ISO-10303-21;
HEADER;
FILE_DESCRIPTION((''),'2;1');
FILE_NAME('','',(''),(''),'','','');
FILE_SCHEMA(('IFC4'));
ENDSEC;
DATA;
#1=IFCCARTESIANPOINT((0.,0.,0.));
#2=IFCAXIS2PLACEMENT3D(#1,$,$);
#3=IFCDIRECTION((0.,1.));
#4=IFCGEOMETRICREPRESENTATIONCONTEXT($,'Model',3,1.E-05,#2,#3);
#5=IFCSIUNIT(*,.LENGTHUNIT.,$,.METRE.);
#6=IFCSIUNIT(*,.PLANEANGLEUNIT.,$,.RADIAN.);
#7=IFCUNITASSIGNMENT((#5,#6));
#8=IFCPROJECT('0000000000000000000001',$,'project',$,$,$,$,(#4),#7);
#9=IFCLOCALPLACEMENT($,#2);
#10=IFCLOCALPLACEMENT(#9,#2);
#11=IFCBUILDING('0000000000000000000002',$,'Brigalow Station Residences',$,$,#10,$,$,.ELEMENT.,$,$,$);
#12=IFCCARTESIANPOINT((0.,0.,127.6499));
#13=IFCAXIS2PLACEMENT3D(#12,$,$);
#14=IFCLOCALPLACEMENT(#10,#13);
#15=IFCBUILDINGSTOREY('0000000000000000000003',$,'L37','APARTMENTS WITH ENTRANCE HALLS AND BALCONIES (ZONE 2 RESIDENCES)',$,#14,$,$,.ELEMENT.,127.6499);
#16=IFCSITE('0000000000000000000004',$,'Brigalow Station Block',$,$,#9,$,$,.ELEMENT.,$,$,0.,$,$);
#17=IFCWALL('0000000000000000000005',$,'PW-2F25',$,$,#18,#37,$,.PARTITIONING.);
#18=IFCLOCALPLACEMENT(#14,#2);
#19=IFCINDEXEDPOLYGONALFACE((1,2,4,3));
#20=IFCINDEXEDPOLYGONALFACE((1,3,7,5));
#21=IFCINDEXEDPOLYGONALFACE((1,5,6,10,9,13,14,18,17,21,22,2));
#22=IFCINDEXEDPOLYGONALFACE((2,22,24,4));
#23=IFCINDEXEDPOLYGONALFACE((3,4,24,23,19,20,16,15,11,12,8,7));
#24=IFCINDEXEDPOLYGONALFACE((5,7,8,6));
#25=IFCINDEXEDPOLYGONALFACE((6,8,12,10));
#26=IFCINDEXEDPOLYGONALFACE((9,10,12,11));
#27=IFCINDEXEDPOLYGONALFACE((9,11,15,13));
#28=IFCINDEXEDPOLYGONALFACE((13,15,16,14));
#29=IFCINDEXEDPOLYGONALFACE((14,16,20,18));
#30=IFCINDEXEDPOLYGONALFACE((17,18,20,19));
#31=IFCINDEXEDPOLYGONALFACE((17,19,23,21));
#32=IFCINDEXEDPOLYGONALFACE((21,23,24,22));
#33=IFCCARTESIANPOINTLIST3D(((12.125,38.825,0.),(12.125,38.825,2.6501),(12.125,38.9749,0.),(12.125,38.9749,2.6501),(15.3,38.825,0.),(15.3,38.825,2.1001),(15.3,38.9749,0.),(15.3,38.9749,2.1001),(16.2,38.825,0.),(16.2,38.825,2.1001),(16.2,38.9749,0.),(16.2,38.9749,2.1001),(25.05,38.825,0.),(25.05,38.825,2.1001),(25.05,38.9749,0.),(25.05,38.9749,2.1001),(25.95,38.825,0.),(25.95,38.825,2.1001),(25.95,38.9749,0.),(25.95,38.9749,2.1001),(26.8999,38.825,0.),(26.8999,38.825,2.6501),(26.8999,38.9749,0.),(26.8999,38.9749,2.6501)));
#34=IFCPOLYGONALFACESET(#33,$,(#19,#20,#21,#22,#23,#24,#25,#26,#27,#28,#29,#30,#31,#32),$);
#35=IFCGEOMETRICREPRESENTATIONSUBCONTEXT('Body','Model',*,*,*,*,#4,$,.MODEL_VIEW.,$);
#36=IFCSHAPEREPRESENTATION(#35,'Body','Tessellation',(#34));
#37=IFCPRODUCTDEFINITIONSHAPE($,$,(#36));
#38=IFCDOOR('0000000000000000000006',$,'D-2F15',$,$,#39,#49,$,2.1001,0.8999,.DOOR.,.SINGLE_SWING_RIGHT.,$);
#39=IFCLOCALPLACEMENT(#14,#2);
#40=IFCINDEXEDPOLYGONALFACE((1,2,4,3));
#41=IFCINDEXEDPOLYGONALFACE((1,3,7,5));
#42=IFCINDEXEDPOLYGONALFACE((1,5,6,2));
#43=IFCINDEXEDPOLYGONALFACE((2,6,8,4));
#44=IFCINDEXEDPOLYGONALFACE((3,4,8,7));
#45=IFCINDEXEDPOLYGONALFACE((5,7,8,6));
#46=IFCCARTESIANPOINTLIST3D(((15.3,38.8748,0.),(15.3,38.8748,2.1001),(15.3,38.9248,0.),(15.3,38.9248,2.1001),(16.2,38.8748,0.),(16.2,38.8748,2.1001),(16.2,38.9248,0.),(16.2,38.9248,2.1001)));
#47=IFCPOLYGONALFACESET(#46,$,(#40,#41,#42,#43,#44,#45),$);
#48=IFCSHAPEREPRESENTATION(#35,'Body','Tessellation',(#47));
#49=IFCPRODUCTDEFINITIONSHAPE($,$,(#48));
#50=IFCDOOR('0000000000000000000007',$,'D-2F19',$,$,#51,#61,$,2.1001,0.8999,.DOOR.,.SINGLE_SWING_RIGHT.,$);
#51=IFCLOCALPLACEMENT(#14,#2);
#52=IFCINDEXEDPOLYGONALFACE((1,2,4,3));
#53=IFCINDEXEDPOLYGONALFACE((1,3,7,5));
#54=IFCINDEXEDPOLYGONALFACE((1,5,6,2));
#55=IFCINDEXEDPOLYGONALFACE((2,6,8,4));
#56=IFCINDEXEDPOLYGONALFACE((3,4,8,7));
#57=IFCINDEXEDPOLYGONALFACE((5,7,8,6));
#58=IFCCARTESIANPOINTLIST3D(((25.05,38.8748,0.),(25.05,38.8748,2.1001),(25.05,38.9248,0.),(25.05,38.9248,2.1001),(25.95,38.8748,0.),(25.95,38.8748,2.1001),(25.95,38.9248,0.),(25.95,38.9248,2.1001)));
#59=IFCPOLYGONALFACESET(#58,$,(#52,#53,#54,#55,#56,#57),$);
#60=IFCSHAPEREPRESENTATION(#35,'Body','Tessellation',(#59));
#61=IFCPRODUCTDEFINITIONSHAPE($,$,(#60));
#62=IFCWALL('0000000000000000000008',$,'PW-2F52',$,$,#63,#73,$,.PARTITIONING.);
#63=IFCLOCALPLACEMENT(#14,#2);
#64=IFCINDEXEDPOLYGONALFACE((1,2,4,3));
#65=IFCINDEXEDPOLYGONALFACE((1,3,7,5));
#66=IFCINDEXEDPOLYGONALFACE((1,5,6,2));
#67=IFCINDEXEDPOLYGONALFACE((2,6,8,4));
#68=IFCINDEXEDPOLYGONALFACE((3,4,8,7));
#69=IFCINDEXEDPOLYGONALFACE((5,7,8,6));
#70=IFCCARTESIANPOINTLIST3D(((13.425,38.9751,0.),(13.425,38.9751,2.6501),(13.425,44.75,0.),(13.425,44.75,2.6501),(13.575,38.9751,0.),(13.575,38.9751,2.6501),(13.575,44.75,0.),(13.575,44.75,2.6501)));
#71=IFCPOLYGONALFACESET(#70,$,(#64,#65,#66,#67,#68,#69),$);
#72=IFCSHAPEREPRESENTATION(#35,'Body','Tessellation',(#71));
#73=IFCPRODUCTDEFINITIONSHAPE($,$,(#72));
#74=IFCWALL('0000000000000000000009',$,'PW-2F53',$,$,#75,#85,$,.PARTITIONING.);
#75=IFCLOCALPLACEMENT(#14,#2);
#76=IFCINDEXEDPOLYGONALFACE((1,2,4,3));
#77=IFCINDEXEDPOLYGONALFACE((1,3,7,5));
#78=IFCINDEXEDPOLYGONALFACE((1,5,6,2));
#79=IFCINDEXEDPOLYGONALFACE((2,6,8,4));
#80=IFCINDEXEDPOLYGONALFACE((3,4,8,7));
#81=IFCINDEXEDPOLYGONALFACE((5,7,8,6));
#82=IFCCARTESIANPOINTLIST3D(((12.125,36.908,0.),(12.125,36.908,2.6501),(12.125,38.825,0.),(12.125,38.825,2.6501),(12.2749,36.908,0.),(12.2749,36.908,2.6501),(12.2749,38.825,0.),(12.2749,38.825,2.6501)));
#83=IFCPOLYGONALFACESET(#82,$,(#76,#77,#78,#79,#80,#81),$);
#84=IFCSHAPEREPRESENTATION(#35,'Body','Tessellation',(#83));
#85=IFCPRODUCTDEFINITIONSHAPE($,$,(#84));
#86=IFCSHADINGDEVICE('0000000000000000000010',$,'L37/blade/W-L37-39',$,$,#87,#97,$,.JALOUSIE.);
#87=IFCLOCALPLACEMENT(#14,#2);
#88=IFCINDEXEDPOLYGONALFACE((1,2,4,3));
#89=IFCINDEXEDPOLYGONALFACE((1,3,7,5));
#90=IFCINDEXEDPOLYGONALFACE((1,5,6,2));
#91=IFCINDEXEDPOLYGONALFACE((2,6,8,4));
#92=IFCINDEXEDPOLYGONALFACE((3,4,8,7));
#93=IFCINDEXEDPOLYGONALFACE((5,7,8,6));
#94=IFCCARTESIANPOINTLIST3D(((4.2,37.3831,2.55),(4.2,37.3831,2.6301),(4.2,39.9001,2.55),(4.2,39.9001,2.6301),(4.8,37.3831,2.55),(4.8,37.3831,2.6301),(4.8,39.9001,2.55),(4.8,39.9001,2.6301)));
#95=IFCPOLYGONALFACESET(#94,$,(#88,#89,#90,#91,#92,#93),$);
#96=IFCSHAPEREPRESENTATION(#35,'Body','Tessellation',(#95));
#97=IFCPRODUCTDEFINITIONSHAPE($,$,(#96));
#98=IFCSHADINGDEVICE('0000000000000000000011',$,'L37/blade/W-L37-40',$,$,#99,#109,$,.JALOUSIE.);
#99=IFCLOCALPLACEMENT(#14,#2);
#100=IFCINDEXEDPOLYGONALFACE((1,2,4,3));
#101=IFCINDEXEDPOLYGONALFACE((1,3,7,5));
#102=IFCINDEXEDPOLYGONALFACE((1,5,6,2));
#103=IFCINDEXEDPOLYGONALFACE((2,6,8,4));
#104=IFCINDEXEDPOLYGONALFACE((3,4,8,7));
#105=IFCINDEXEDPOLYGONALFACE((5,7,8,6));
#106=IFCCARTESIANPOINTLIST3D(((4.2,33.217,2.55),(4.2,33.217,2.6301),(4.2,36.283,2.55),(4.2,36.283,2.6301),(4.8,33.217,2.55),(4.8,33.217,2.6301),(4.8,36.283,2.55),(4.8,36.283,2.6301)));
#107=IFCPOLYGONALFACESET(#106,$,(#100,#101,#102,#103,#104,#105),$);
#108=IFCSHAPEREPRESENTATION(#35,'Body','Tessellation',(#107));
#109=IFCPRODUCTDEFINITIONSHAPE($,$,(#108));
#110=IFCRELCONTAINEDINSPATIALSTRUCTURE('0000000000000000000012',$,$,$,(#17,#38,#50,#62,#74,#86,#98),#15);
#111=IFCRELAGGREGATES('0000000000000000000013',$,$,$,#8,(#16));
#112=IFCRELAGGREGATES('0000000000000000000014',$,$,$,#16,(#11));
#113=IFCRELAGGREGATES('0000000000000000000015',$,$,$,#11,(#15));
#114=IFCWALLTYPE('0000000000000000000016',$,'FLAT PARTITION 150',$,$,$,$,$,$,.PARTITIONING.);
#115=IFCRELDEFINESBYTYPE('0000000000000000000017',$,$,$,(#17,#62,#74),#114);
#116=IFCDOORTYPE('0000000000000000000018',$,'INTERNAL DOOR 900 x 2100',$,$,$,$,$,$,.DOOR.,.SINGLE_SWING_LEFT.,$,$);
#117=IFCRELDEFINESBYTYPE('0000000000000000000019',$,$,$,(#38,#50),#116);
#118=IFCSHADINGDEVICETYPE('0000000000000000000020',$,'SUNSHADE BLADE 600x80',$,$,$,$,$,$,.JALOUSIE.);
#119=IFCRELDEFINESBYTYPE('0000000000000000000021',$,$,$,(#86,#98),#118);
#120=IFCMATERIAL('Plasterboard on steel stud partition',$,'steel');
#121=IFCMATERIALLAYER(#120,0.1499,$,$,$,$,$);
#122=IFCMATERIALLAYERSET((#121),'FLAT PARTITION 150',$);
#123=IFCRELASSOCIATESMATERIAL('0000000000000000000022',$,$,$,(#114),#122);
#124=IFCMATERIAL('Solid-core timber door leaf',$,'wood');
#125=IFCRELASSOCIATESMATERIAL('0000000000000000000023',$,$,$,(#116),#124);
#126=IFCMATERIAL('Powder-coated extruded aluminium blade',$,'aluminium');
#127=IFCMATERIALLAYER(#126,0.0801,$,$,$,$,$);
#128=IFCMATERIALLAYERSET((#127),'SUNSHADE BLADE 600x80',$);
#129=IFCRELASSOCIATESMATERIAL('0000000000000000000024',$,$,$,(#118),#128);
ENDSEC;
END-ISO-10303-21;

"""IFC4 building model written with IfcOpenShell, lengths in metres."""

from ifc_helpers import new_model, si_unit, direction, frame, frame_2d, origin, origin_2d, place, context, subcontext, project, spatial, rectangle, extrude, material, layer, layer_set, type_object, element, fill, save


model = new_model("IFC4")

# Units and contexts
model_context = context("Model", 3, precision=1e-05, world=origin(), true_north=direction((0.0, 1.0)))
body_context = subcontext(model_context, "Body", "Model", "MODEL_VIEW")
ifc_project = project(units=[si_unit("LENGTHUNIT", "METRE"), si_unit("PLANEANGLEUNIT", "RADIAN")], contexts=[model_context])

# Site, building, storey
site_placement = place(None, origin())
site = spatial("IfcSite", under=ifc_project, at=site_placement, Name="Brigalow Station Block", CompositionType="ELEMENT", RefElevation=0.0)
building_placement = place(site_placement, origin())
building = spatial("IfcBuilding", under=site, at=building_placement, Name="Brigalow Station Residences", CompositionType="ELEMENT")
storey_placement = place(building_placement, frame((0.0, 0.0, 127.6499)))
storey = spatial("IfcBuildingStorey", under=building, at=storey_placement, Name="L37", Description="APARTMENTS WITH ENTRANCE HALLS AND BALCONIES (ZONE 2 RESIDENCES)", CompositionType="ELEMENT", Elevation=127.6499)

# Shared definitions
ifc_material_1 = material(Name="Plasterboard on steel stud partition", Category="steel")
ifc_layer_1 = layer(ifc_material_1, 0.1499)
ifc_layer_set_1 = layer_set([ifc_layer_1], Name="FLAT PARTITION 150")
wall_type_1 = type_object("IfcWallType", Name="FLAT PARTITION 150", PredefinedType="PARTITIONING", material=ifc_layer_set_1)
ifc_material_2 = material(Name="Solid-core timber door leaf", Category="wood")
door_type = type_object("IfcDoorType", Name="INTERNAL DOOR 900 x 2100", OperationType="SINGLE_SWING_LEFT", PredefinedType="DOOR", material=ifc_material_2)

# Wall, openings, doors
wall_1_placement = place(storey_placement, frame((12.125, 38.8999, 0.0), z_axis=(0.0, 0.0, 1.0), x_axis=(1.0, 0.0, 0.0)))
wall_1 = element("IfcWall", 1, at=wall_1_placement, inside=storey, type_object=wall_type_1, Name="PW-2F25", PredefinedType="PARTITIONING", context=body_context, shape_type="SweptSolid", body=[
    extrude(rectangle(XDim=14.7749, YDim=0.1499, at=frame_2d((7.3875, 0.0))), origin(), (0.0, 0.0, 1.0), 2.6501),
])
opening_1_placement = place(wall_1_placement, frame((3.175, 0.0, 0.0)))
opening_1 = element("IfcOpeningElement", 2, at=opening_1_placement, cuts=wall_1, PredefinedType="OPENING", context=body_context, shape_type="SweptSolid", body=[
    extrude(rectangle(XDim=0.8999, YDim=2.1001, at=frame_2d((0.45, 1.05))), frame((0.0, 0.085, 0.0), z_axis=(0.0, -1.0, 0.0), x_axis=(1.0, 0.0, 0.0)), (0.0, 0.0, 1.0), 0.1699),
])
opening_2_placement = place(wall_1_placement, frame((12.925, 0.0, 0.0)))
opening_2 = element("IfcOpeningElement", 3, at=opening_2_placement, cuts=wall_1, PredefinedType="OPENING", context=body_context, shape_type="SweptSolid", body=[
    extrude(rectangle(XDim=0.8999, YDim=2.1001, at=frame_2d((0.45, 1.05))), frame((0.0, 0.085, 0.0), z_axis=(0.0, -1.0, 0.0), x_axis=(1.0, 0.0, 0.0)), (0.0, 0.0, 1.0), 0.1699),
])
door_1_placement = place(opening_1_placement, origin())
door_1 = element("IfcDoor", 4, at=door_1_placement, inside=storey, type_object=door_type, Name="D-2F15", OperationType="SINGLE_SWING_RIGHT", OverallHeight=2.1001, OverallWidth=0.8999, PredefinedType="DOOR", context=body_context, shape_type="SweptSolid", body=[
    extrude(rectangle(XDim=0.8999, YDim=2.1001, at=frame_2d((0.45, 1.05))), frame((0.0, 0.0249, 0.0), z_axis=(0.0, -1.0, 0.0), x_axis=(1.0, 0.0, 0.0)), (0.0, 0.0, 1.0), 0.05),
])
fill(opening_1, door_1)
door_2_placement = place(opening_2_placement, origin())
door_2 = element("IfcDoor", 5, at=door_2_placement, inside=storey, type_object=door_type, Name="D-2F19", OperationType="SINGLE_SWING_RIGHT", OverallHeight=2.1001, OverallWidth=0.8999, PredefinedType="DOOR", context=body_context, shape_type="SweptSolid", body=[
    extrude(rectangle(XDim=0.8999, YDim=2.1001, at=frame_2d((0.45, 1.05))), frame((0.0, 0.0249, 0.0), z_axis=(0.0, -1.0, 0.0), x_axis=(1.0, 0.0, 0.0)), (0.0, 0.0, 1.0), 0.05),
])
fill(opening_2, door_2)

# Walls
wall_2_placement = place(storey_placement, frame((13.5, 38.9751, 0.0), z_axis=(0.0, 0.0, 1.0), x_axis=(0.0, 1.0, 0.0)))
element("IfcWall", 6, at=wall_2_placement, inside=storey, type_object=wall_type_1, Name="PW-2F52", PredefinedType="PARTITIONING", context=body_context, shape_type="SweptSolid", body=[
    extrude(rectangle(XDim=5.7749, YDim=0.1499, at=frame_2d((2.8875, 0.0))), origin(), (0.0, 0.0, 1.0), 2.6501),
])
wall_3_placement = place(storey_placement, frame((12.2, 36.908, 0.0), z_axis=(0.0, 0.0, 1.0), x_axis=(0.0, 1.0, 0.0)))
element("IfcWall", 7, at=wall_3_placement, inside=storey, type_object=wall_type_1, Name="PW-2F53", PredefinedType="PARTITIONING", context=body_context, shape_type="SweptSolid", body=[
    extrude(rectangle(XDim=1.917, YDim=0.1499, at=frame_2d((0.9585, 0.0))), origin(), (0.0, 0.0, 1.0), 2.6501),
])

# Shading devices
ifc_material_3 = material(Name="Powder-coated extruded aluminium blade", Category="aluminium")
ifc_layer_2 = layer(ifc_material_3, 0.0801)
ifc_layer_set_2 = layer_set([ifc_layer_2], Name="SUNSHADE BLADE 600x80")
shading_device_type = type_object("IfcShadingDeviceType", Name="SUNSHADE BLADE 600x80", PredefinedType="JALOUSIE", material=ifc_layer_set_2)
shading_device_1_placement = place(storey_placement, frame((4.5, 38.6416, 2.55), z_axis=(0.0, 0.0, 1.0), x_axis=(0.0, -1.0, 0.0)))
element("IfcShadingDevice", 8, at=shading_device_1_placement, inside=storey, type_object=shading_device_type, Name="L37/blade/W-L37-39", PredefinedType="JALOUSIE", context=body_context, shape_type="SweptSolid", body=[
    extrude(rectangle(XDim=2.5171, YDim=0.6001, at=origin_2d()), origin(), (0.0, 0.0, 1.0), 0.0801),
])
shading_device_2_placement = place(storey_placement, frame((4.5, 34.75, 2.55), z_axis=(0.0, 0.0, 1.0), x_axis=(0.0, -1.0, 0.0)))
element("IfcShadingDevice", 9, at=shading_device_2_placement, inside=storey, type_object=shading_device_type, Name="L37/blade/W-L37-40", PredefinedType="JALOUSIE", context=body_context, shape_type="SweptSolid", body=[
    extrude(rectangle(XDim=3.0659, YDim=0.6001, at=origin_2d()), origin(), (0.0, 0.0, 1.0), 0.0801),
])

save(model, "model.ifc")
